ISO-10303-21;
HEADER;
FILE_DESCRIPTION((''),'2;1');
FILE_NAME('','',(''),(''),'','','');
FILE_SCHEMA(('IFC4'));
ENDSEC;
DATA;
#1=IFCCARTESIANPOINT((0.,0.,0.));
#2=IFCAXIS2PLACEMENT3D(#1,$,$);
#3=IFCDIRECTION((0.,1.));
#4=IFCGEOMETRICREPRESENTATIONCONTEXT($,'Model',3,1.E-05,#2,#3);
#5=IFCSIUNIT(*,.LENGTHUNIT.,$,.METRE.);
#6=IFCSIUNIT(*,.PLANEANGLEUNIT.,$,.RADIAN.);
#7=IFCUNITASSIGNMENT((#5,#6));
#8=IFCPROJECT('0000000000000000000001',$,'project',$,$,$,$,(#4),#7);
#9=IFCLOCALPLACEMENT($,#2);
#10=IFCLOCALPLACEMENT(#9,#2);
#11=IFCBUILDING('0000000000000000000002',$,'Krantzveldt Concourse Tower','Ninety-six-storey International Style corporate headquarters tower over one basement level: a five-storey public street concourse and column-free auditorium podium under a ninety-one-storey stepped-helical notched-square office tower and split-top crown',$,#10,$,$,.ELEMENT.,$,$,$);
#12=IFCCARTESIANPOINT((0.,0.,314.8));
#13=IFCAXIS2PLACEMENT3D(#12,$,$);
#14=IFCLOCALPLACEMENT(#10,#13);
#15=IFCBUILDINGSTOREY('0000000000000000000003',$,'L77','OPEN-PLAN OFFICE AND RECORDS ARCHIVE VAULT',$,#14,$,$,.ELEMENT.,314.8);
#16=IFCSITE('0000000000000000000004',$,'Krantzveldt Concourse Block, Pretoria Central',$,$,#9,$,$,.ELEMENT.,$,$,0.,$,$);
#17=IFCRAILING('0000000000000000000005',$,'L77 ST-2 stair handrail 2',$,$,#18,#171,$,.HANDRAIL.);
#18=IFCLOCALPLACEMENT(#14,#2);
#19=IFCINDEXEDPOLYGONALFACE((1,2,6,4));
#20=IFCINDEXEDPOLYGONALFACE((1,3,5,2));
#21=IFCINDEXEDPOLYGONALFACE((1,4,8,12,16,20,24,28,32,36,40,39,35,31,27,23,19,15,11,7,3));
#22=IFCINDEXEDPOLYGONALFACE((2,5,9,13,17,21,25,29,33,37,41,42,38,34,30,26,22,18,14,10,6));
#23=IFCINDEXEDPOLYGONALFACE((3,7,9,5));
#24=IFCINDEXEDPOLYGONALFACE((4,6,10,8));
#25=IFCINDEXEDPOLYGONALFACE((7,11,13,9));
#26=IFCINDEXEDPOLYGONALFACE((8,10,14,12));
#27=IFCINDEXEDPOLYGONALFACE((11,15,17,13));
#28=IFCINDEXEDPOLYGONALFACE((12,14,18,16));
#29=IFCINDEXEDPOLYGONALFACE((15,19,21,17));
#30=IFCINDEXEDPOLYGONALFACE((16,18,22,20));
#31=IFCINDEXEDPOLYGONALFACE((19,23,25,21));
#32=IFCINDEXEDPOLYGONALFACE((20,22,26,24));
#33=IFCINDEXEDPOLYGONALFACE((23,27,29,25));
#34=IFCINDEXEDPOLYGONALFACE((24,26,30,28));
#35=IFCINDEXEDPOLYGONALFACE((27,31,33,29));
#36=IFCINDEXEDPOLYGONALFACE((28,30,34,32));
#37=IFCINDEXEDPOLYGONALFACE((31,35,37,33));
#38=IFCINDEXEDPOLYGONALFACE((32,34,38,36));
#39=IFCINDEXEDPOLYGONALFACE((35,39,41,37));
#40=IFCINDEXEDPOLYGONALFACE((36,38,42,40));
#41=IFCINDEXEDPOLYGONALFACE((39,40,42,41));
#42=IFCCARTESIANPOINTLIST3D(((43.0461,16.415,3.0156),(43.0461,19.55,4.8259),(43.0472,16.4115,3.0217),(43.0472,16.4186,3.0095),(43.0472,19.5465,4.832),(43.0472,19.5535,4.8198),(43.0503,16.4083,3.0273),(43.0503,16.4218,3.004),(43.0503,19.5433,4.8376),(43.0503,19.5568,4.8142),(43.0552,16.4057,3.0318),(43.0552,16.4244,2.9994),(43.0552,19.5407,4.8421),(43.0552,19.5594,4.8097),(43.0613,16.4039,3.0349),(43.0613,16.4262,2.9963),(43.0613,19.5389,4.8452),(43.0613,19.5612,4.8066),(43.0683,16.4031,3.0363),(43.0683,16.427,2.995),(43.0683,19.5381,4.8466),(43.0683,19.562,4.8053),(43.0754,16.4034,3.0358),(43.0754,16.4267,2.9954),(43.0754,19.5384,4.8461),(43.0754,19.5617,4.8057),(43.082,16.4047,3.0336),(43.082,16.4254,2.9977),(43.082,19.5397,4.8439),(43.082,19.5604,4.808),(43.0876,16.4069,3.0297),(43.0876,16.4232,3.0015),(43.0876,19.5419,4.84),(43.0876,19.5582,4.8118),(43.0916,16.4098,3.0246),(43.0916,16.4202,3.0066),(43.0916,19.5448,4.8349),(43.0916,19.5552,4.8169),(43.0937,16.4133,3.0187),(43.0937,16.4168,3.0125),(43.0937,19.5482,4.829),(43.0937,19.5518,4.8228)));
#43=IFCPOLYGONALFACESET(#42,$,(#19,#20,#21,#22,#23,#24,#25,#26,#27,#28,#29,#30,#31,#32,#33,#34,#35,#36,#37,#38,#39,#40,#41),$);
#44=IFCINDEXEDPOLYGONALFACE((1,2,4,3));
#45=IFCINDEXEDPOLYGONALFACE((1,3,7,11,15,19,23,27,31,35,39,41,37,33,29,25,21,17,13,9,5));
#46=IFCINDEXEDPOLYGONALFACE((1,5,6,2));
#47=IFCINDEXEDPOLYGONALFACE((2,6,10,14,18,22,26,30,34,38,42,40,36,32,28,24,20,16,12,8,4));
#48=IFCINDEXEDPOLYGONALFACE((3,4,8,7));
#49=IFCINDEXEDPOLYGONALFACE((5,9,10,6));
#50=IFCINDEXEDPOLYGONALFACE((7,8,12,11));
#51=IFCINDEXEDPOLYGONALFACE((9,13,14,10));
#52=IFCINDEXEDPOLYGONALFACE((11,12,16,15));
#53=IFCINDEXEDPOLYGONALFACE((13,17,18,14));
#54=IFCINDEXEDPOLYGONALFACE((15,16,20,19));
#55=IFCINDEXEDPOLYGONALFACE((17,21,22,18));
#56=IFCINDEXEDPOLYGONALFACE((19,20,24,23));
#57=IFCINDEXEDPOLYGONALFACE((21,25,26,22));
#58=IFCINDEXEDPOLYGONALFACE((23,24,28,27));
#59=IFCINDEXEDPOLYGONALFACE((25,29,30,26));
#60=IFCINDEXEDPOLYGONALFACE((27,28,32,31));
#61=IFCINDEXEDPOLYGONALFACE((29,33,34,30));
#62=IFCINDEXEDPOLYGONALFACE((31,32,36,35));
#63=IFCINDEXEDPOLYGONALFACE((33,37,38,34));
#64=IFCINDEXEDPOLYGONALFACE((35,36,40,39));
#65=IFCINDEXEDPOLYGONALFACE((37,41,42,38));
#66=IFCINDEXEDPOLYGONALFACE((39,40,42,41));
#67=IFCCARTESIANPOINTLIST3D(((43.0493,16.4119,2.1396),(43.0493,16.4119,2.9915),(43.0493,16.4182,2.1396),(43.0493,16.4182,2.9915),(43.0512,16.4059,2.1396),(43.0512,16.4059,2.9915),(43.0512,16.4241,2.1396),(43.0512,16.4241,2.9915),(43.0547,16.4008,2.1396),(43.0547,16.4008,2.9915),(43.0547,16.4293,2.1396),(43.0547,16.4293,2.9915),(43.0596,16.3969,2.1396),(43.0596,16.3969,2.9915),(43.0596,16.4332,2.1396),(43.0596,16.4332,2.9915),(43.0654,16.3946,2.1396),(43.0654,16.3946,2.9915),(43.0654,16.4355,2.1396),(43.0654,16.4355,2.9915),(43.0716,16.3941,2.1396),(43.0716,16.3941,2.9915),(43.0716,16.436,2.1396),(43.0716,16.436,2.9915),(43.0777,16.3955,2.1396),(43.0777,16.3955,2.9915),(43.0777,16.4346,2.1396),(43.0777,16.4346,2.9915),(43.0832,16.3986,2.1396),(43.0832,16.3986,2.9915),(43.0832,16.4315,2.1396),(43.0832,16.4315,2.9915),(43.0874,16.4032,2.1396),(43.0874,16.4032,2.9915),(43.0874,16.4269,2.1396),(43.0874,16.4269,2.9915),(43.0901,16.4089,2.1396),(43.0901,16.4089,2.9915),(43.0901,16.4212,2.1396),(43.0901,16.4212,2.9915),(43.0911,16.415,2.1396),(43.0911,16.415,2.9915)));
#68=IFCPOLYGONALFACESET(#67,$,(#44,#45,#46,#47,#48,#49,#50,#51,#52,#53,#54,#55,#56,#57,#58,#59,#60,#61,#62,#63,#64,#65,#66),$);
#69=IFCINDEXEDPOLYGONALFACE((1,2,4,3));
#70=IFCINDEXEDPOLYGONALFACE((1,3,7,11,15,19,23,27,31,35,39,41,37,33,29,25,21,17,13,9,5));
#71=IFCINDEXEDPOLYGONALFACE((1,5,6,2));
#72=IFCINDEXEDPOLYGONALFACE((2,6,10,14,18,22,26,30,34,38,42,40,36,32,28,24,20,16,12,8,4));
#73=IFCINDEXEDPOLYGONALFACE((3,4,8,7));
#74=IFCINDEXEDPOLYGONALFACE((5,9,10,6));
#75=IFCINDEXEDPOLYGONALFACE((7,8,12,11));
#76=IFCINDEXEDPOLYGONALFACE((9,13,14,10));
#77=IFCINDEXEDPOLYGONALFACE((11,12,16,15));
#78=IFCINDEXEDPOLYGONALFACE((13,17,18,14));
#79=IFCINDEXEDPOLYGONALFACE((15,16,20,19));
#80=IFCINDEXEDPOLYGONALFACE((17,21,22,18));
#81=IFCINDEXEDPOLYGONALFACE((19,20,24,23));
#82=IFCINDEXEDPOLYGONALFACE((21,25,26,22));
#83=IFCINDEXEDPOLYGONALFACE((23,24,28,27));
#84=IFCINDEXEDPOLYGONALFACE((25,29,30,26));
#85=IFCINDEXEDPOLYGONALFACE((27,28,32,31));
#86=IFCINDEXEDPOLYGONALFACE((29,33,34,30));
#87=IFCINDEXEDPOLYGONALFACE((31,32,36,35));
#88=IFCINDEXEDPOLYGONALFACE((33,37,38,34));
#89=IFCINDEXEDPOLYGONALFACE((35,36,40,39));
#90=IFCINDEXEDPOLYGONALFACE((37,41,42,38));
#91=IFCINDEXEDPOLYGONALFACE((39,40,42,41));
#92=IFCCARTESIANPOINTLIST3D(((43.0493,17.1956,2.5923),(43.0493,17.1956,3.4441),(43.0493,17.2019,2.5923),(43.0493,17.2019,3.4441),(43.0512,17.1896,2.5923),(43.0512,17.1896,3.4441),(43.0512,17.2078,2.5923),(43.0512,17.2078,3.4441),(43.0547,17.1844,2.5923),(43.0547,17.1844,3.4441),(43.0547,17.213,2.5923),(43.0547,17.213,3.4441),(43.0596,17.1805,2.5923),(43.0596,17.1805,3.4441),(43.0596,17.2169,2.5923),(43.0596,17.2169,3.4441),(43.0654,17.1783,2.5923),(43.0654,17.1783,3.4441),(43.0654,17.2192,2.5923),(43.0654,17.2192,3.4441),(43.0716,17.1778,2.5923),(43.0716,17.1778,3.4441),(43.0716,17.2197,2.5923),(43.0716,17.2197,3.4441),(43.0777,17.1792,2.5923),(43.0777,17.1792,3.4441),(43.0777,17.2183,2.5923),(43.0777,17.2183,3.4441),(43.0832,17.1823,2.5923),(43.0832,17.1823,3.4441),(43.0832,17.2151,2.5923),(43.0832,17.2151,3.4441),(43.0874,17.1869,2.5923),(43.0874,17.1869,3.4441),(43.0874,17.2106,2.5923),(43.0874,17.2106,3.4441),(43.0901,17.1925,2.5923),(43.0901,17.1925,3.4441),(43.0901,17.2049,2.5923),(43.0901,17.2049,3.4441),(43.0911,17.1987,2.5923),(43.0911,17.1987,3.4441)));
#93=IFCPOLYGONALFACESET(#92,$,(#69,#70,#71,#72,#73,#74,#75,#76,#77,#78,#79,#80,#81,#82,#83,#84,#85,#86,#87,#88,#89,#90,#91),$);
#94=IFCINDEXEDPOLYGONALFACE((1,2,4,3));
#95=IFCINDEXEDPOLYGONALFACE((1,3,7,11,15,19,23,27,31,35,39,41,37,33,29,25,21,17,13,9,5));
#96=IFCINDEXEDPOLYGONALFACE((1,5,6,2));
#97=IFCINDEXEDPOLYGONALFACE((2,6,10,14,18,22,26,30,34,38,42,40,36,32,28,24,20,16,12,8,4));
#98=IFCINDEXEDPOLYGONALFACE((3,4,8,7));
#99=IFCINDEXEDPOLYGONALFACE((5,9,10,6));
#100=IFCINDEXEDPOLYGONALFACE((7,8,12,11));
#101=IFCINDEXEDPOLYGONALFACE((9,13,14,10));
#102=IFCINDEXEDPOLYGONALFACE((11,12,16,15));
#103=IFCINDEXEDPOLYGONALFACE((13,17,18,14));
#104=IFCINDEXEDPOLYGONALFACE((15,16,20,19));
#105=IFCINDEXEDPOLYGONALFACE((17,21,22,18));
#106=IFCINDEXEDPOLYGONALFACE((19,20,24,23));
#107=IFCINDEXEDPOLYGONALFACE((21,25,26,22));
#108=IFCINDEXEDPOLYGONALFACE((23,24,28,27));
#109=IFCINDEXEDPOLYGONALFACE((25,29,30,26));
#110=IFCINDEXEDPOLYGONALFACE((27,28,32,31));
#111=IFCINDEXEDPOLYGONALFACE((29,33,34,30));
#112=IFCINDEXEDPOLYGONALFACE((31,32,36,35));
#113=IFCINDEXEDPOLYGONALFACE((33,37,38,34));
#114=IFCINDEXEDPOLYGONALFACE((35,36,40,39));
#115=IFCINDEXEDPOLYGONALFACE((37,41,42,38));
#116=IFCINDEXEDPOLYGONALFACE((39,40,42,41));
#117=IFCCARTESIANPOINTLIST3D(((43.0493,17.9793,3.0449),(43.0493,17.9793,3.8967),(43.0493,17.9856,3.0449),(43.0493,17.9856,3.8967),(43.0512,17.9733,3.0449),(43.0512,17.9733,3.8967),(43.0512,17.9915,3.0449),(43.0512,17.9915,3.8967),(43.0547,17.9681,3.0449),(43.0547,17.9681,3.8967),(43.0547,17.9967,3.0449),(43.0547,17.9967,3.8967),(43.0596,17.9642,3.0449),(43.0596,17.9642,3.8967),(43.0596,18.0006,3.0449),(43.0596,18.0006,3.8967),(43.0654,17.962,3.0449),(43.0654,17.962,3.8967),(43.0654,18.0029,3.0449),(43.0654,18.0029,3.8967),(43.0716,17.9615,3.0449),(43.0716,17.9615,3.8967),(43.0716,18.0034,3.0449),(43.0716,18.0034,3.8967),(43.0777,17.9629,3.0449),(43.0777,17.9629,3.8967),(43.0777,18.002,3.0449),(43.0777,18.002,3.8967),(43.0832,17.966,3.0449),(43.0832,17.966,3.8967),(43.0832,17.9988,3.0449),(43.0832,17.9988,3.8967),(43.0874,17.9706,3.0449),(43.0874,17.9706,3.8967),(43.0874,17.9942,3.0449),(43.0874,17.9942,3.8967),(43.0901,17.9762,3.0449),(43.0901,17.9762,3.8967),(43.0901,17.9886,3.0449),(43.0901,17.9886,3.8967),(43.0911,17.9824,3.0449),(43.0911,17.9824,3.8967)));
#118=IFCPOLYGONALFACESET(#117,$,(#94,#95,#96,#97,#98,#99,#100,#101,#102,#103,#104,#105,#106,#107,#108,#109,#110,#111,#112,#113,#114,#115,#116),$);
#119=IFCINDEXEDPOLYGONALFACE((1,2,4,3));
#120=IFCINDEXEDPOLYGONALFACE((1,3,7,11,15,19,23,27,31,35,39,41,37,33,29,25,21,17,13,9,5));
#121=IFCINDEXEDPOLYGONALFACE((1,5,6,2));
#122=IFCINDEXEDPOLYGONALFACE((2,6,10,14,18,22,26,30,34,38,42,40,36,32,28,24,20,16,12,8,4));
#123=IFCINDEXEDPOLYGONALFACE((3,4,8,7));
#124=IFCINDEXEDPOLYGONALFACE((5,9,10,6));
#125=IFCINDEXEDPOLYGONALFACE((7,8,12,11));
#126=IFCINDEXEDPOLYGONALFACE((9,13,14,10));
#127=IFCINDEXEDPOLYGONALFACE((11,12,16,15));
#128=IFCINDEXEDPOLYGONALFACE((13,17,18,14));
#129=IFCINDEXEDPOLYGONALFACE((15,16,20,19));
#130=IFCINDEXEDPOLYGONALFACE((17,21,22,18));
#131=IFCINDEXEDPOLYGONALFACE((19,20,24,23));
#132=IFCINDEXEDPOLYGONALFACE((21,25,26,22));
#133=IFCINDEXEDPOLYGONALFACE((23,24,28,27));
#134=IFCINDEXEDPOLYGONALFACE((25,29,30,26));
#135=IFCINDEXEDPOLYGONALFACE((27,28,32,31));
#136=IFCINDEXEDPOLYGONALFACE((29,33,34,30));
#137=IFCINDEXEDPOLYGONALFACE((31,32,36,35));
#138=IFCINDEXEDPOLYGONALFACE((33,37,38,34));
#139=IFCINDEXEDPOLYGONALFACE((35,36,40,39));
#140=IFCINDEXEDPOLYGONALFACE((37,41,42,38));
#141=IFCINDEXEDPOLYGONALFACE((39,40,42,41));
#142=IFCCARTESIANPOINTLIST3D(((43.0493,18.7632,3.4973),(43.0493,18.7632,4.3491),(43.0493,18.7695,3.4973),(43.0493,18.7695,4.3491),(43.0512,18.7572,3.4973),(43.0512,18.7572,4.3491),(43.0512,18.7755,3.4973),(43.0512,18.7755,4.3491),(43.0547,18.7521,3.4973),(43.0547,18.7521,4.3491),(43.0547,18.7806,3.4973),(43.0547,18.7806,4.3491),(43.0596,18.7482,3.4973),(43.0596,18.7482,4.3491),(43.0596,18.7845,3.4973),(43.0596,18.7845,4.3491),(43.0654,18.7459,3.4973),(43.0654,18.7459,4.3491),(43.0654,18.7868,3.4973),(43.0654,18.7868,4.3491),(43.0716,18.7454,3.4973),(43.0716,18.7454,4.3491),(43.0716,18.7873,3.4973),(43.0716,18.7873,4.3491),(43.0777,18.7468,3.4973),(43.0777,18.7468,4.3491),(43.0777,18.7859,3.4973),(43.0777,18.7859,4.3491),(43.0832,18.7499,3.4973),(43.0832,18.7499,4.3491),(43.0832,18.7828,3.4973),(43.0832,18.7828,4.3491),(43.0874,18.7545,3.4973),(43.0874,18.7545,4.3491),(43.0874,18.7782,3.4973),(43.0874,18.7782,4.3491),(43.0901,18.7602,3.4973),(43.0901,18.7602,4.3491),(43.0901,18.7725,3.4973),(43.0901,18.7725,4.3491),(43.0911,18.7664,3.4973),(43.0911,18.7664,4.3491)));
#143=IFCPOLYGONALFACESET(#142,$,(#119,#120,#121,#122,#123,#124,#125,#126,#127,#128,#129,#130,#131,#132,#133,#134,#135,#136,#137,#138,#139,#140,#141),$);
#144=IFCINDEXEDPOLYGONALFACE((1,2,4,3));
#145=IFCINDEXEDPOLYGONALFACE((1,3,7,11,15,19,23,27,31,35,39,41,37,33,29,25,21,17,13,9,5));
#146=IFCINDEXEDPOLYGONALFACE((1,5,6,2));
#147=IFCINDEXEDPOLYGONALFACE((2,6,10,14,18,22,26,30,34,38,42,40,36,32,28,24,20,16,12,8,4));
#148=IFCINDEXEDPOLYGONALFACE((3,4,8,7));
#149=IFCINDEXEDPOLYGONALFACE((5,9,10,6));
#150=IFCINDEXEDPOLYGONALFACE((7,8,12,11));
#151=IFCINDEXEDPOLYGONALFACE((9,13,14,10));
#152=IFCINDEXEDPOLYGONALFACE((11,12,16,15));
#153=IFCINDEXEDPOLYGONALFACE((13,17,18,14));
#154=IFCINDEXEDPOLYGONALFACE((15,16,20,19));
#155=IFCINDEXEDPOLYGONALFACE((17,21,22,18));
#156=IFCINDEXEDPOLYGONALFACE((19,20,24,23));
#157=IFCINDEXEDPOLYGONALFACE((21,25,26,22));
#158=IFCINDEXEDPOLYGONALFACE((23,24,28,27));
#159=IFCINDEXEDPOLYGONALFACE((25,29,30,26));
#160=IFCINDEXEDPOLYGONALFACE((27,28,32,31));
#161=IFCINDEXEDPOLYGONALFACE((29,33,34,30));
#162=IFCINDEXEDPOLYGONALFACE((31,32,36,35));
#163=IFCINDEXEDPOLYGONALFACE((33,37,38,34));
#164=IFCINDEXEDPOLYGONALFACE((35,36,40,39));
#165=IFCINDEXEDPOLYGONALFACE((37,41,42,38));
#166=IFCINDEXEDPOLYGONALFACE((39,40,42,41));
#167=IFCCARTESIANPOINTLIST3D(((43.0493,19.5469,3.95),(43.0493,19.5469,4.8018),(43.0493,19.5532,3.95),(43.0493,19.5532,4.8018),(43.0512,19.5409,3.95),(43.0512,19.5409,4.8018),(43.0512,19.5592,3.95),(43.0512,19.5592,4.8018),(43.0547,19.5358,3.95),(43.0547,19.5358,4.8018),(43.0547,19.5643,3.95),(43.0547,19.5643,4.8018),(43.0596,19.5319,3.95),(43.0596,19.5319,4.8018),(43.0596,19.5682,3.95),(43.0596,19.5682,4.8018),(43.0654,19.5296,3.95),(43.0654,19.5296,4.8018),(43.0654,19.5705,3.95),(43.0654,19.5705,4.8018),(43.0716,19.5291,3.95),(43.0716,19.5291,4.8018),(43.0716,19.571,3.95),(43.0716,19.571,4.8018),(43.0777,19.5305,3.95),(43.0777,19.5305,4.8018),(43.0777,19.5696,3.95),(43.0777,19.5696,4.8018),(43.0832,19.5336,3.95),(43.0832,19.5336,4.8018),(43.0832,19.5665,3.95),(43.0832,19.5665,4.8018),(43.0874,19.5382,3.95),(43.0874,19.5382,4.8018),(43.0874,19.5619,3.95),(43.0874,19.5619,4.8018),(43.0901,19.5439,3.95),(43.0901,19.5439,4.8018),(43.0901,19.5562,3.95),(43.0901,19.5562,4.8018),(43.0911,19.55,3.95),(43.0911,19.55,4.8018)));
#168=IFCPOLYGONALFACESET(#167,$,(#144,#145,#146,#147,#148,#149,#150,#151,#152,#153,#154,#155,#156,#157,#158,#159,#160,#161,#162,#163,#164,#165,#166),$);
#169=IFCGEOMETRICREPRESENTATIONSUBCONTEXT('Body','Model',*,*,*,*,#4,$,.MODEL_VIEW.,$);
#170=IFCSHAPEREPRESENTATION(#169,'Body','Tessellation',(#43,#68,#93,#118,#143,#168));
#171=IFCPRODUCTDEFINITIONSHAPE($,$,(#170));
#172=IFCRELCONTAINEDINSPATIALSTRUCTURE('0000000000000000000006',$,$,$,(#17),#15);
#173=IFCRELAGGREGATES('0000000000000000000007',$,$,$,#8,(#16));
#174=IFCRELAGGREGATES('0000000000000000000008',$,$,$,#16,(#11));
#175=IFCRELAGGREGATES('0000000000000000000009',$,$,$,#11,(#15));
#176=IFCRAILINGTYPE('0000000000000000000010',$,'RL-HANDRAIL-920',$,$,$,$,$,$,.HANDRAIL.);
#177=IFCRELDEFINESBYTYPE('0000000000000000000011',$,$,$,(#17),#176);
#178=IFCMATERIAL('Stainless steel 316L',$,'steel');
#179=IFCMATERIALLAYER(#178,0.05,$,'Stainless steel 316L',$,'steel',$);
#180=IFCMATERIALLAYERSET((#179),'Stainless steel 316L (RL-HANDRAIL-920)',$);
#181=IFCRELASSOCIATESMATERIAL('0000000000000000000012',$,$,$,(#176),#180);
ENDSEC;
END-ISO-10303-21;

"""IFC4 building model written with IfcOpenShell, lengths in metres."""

from ifc_helpers import new_model, si_unit, direction, frame, origin, origin_2d, place, context, subcontext, project, spatial, circle, extrude, material, layer, layer_set, type_object, element, save


model = new_model("IFC4")

# Units and contexts
model_context = context("Model", 3, precision=1e-05, world=origin(), true_north=direction((0.0, 1.0)))
body_context = subcontext(model_context, "Body", "Model", "MODEL_VIEW")
ifc_project = project(units=[si_unit("LENGTHUNIT", "METRE"), si_unit("PLANEANGLEUNIT", "RADIAN")], contexts=[model_context])

# Site, building, storey
site_placement = place(None, origin())
site = spatial("IfcSite", under=ifc_project, at=site_placement, Name="Krantzveldt Concourse Block, Pretoria Central", CompositionType="ELEMENT", RefElevation=0.0)
building_placement = place(site_placement, origin())
building = spatial("IfcBuilding", under=site, at=building_placement, Name="Krantzveldt Concourse Tower", Description="Ninety-six-storey International Style corporate headquarters tower over one basement level: a five-storey public street concourse and column-free auditorium podium under a ninety-one-storey stepped-helical notched-square office tower and split-top crown", CompositionType="ELEMENT")
storey_placement = place(building_placement, frame((0.0, 0.0, 314.8)))
storey = spatial("IfcBuildingStorey", under=building, at=storey_placement, Name="L77", Description="OPEN-PLAN OFFICE AND RECORDS ARCHIVE VAULT", CompositionType="ELEMENT", Elevation=314.8)

# Railing
ifc_material_1 = material(Name="Stainless steel 316L", Category="steel")
ifc_layer_1 = layer(ifc_material_1, 0.05, Name="Stainless steel 316L", Category="steel")
ifc_layer_set_1 = layer_set([ifc_layer_1], Name="Stainless steel 316L (RL-HANDRAIL-920)")
railing_type = type_object("IfcRailingType", Name="RL-HANDRAIL-920", PredefinedType="HANDRAIL", material=ifc_layer_set_1)
railing_placement = place(storey_placement, frame((43.0701, 16.415, 2.1396)))
element("IfcRailing", 1, at=railing_placement, inside=storey, type_object=railing_type, Name="L77 ST-2 stair handrail 2", PredefinedType="HANDRAIL", context=body_context, shape_type="SweptSolid", body=[
    extrude(circle(Radius=0.0239, at=origin_2d()), frame((0.0, 0.0, 0.876), z_axis=(0.0, 0.865989, 0.500063), x_axis=(-1.0, 0.0, 0.0)), (0.0, 0.0, 1.0), 3.6201),
    extrude(circle(Radius=0.021, at=origin_2d()), origin(), (0.0, 0.0, 1.0), 0.8518),
    extrude(circle(Radius=0.021, at=origin_2d()), frame((0.0, 0.7837, 0.4526)), (0.0, 0.0, 1.0), 0.8518),
    extrude(circle(Radius=0.021, at=origin_2d()), frame((0.0, 1.5674, 0.9053)), (0.0, 0.0, 1.0), 0.8518),
    extrude(circle(Radius=0.021, at=origin_2d()), frame((0.0, 2.3513, 1.3577)), (0.0, 0.0, 1.0), 0.8518),
    extrude(circle(Radius=0.021, at=origin_2d()), frame((0.0, 3.135, 1.8103)), (0.0, 0.0, 1.0), 0.8518),
])

save(model, "model.ifc")
